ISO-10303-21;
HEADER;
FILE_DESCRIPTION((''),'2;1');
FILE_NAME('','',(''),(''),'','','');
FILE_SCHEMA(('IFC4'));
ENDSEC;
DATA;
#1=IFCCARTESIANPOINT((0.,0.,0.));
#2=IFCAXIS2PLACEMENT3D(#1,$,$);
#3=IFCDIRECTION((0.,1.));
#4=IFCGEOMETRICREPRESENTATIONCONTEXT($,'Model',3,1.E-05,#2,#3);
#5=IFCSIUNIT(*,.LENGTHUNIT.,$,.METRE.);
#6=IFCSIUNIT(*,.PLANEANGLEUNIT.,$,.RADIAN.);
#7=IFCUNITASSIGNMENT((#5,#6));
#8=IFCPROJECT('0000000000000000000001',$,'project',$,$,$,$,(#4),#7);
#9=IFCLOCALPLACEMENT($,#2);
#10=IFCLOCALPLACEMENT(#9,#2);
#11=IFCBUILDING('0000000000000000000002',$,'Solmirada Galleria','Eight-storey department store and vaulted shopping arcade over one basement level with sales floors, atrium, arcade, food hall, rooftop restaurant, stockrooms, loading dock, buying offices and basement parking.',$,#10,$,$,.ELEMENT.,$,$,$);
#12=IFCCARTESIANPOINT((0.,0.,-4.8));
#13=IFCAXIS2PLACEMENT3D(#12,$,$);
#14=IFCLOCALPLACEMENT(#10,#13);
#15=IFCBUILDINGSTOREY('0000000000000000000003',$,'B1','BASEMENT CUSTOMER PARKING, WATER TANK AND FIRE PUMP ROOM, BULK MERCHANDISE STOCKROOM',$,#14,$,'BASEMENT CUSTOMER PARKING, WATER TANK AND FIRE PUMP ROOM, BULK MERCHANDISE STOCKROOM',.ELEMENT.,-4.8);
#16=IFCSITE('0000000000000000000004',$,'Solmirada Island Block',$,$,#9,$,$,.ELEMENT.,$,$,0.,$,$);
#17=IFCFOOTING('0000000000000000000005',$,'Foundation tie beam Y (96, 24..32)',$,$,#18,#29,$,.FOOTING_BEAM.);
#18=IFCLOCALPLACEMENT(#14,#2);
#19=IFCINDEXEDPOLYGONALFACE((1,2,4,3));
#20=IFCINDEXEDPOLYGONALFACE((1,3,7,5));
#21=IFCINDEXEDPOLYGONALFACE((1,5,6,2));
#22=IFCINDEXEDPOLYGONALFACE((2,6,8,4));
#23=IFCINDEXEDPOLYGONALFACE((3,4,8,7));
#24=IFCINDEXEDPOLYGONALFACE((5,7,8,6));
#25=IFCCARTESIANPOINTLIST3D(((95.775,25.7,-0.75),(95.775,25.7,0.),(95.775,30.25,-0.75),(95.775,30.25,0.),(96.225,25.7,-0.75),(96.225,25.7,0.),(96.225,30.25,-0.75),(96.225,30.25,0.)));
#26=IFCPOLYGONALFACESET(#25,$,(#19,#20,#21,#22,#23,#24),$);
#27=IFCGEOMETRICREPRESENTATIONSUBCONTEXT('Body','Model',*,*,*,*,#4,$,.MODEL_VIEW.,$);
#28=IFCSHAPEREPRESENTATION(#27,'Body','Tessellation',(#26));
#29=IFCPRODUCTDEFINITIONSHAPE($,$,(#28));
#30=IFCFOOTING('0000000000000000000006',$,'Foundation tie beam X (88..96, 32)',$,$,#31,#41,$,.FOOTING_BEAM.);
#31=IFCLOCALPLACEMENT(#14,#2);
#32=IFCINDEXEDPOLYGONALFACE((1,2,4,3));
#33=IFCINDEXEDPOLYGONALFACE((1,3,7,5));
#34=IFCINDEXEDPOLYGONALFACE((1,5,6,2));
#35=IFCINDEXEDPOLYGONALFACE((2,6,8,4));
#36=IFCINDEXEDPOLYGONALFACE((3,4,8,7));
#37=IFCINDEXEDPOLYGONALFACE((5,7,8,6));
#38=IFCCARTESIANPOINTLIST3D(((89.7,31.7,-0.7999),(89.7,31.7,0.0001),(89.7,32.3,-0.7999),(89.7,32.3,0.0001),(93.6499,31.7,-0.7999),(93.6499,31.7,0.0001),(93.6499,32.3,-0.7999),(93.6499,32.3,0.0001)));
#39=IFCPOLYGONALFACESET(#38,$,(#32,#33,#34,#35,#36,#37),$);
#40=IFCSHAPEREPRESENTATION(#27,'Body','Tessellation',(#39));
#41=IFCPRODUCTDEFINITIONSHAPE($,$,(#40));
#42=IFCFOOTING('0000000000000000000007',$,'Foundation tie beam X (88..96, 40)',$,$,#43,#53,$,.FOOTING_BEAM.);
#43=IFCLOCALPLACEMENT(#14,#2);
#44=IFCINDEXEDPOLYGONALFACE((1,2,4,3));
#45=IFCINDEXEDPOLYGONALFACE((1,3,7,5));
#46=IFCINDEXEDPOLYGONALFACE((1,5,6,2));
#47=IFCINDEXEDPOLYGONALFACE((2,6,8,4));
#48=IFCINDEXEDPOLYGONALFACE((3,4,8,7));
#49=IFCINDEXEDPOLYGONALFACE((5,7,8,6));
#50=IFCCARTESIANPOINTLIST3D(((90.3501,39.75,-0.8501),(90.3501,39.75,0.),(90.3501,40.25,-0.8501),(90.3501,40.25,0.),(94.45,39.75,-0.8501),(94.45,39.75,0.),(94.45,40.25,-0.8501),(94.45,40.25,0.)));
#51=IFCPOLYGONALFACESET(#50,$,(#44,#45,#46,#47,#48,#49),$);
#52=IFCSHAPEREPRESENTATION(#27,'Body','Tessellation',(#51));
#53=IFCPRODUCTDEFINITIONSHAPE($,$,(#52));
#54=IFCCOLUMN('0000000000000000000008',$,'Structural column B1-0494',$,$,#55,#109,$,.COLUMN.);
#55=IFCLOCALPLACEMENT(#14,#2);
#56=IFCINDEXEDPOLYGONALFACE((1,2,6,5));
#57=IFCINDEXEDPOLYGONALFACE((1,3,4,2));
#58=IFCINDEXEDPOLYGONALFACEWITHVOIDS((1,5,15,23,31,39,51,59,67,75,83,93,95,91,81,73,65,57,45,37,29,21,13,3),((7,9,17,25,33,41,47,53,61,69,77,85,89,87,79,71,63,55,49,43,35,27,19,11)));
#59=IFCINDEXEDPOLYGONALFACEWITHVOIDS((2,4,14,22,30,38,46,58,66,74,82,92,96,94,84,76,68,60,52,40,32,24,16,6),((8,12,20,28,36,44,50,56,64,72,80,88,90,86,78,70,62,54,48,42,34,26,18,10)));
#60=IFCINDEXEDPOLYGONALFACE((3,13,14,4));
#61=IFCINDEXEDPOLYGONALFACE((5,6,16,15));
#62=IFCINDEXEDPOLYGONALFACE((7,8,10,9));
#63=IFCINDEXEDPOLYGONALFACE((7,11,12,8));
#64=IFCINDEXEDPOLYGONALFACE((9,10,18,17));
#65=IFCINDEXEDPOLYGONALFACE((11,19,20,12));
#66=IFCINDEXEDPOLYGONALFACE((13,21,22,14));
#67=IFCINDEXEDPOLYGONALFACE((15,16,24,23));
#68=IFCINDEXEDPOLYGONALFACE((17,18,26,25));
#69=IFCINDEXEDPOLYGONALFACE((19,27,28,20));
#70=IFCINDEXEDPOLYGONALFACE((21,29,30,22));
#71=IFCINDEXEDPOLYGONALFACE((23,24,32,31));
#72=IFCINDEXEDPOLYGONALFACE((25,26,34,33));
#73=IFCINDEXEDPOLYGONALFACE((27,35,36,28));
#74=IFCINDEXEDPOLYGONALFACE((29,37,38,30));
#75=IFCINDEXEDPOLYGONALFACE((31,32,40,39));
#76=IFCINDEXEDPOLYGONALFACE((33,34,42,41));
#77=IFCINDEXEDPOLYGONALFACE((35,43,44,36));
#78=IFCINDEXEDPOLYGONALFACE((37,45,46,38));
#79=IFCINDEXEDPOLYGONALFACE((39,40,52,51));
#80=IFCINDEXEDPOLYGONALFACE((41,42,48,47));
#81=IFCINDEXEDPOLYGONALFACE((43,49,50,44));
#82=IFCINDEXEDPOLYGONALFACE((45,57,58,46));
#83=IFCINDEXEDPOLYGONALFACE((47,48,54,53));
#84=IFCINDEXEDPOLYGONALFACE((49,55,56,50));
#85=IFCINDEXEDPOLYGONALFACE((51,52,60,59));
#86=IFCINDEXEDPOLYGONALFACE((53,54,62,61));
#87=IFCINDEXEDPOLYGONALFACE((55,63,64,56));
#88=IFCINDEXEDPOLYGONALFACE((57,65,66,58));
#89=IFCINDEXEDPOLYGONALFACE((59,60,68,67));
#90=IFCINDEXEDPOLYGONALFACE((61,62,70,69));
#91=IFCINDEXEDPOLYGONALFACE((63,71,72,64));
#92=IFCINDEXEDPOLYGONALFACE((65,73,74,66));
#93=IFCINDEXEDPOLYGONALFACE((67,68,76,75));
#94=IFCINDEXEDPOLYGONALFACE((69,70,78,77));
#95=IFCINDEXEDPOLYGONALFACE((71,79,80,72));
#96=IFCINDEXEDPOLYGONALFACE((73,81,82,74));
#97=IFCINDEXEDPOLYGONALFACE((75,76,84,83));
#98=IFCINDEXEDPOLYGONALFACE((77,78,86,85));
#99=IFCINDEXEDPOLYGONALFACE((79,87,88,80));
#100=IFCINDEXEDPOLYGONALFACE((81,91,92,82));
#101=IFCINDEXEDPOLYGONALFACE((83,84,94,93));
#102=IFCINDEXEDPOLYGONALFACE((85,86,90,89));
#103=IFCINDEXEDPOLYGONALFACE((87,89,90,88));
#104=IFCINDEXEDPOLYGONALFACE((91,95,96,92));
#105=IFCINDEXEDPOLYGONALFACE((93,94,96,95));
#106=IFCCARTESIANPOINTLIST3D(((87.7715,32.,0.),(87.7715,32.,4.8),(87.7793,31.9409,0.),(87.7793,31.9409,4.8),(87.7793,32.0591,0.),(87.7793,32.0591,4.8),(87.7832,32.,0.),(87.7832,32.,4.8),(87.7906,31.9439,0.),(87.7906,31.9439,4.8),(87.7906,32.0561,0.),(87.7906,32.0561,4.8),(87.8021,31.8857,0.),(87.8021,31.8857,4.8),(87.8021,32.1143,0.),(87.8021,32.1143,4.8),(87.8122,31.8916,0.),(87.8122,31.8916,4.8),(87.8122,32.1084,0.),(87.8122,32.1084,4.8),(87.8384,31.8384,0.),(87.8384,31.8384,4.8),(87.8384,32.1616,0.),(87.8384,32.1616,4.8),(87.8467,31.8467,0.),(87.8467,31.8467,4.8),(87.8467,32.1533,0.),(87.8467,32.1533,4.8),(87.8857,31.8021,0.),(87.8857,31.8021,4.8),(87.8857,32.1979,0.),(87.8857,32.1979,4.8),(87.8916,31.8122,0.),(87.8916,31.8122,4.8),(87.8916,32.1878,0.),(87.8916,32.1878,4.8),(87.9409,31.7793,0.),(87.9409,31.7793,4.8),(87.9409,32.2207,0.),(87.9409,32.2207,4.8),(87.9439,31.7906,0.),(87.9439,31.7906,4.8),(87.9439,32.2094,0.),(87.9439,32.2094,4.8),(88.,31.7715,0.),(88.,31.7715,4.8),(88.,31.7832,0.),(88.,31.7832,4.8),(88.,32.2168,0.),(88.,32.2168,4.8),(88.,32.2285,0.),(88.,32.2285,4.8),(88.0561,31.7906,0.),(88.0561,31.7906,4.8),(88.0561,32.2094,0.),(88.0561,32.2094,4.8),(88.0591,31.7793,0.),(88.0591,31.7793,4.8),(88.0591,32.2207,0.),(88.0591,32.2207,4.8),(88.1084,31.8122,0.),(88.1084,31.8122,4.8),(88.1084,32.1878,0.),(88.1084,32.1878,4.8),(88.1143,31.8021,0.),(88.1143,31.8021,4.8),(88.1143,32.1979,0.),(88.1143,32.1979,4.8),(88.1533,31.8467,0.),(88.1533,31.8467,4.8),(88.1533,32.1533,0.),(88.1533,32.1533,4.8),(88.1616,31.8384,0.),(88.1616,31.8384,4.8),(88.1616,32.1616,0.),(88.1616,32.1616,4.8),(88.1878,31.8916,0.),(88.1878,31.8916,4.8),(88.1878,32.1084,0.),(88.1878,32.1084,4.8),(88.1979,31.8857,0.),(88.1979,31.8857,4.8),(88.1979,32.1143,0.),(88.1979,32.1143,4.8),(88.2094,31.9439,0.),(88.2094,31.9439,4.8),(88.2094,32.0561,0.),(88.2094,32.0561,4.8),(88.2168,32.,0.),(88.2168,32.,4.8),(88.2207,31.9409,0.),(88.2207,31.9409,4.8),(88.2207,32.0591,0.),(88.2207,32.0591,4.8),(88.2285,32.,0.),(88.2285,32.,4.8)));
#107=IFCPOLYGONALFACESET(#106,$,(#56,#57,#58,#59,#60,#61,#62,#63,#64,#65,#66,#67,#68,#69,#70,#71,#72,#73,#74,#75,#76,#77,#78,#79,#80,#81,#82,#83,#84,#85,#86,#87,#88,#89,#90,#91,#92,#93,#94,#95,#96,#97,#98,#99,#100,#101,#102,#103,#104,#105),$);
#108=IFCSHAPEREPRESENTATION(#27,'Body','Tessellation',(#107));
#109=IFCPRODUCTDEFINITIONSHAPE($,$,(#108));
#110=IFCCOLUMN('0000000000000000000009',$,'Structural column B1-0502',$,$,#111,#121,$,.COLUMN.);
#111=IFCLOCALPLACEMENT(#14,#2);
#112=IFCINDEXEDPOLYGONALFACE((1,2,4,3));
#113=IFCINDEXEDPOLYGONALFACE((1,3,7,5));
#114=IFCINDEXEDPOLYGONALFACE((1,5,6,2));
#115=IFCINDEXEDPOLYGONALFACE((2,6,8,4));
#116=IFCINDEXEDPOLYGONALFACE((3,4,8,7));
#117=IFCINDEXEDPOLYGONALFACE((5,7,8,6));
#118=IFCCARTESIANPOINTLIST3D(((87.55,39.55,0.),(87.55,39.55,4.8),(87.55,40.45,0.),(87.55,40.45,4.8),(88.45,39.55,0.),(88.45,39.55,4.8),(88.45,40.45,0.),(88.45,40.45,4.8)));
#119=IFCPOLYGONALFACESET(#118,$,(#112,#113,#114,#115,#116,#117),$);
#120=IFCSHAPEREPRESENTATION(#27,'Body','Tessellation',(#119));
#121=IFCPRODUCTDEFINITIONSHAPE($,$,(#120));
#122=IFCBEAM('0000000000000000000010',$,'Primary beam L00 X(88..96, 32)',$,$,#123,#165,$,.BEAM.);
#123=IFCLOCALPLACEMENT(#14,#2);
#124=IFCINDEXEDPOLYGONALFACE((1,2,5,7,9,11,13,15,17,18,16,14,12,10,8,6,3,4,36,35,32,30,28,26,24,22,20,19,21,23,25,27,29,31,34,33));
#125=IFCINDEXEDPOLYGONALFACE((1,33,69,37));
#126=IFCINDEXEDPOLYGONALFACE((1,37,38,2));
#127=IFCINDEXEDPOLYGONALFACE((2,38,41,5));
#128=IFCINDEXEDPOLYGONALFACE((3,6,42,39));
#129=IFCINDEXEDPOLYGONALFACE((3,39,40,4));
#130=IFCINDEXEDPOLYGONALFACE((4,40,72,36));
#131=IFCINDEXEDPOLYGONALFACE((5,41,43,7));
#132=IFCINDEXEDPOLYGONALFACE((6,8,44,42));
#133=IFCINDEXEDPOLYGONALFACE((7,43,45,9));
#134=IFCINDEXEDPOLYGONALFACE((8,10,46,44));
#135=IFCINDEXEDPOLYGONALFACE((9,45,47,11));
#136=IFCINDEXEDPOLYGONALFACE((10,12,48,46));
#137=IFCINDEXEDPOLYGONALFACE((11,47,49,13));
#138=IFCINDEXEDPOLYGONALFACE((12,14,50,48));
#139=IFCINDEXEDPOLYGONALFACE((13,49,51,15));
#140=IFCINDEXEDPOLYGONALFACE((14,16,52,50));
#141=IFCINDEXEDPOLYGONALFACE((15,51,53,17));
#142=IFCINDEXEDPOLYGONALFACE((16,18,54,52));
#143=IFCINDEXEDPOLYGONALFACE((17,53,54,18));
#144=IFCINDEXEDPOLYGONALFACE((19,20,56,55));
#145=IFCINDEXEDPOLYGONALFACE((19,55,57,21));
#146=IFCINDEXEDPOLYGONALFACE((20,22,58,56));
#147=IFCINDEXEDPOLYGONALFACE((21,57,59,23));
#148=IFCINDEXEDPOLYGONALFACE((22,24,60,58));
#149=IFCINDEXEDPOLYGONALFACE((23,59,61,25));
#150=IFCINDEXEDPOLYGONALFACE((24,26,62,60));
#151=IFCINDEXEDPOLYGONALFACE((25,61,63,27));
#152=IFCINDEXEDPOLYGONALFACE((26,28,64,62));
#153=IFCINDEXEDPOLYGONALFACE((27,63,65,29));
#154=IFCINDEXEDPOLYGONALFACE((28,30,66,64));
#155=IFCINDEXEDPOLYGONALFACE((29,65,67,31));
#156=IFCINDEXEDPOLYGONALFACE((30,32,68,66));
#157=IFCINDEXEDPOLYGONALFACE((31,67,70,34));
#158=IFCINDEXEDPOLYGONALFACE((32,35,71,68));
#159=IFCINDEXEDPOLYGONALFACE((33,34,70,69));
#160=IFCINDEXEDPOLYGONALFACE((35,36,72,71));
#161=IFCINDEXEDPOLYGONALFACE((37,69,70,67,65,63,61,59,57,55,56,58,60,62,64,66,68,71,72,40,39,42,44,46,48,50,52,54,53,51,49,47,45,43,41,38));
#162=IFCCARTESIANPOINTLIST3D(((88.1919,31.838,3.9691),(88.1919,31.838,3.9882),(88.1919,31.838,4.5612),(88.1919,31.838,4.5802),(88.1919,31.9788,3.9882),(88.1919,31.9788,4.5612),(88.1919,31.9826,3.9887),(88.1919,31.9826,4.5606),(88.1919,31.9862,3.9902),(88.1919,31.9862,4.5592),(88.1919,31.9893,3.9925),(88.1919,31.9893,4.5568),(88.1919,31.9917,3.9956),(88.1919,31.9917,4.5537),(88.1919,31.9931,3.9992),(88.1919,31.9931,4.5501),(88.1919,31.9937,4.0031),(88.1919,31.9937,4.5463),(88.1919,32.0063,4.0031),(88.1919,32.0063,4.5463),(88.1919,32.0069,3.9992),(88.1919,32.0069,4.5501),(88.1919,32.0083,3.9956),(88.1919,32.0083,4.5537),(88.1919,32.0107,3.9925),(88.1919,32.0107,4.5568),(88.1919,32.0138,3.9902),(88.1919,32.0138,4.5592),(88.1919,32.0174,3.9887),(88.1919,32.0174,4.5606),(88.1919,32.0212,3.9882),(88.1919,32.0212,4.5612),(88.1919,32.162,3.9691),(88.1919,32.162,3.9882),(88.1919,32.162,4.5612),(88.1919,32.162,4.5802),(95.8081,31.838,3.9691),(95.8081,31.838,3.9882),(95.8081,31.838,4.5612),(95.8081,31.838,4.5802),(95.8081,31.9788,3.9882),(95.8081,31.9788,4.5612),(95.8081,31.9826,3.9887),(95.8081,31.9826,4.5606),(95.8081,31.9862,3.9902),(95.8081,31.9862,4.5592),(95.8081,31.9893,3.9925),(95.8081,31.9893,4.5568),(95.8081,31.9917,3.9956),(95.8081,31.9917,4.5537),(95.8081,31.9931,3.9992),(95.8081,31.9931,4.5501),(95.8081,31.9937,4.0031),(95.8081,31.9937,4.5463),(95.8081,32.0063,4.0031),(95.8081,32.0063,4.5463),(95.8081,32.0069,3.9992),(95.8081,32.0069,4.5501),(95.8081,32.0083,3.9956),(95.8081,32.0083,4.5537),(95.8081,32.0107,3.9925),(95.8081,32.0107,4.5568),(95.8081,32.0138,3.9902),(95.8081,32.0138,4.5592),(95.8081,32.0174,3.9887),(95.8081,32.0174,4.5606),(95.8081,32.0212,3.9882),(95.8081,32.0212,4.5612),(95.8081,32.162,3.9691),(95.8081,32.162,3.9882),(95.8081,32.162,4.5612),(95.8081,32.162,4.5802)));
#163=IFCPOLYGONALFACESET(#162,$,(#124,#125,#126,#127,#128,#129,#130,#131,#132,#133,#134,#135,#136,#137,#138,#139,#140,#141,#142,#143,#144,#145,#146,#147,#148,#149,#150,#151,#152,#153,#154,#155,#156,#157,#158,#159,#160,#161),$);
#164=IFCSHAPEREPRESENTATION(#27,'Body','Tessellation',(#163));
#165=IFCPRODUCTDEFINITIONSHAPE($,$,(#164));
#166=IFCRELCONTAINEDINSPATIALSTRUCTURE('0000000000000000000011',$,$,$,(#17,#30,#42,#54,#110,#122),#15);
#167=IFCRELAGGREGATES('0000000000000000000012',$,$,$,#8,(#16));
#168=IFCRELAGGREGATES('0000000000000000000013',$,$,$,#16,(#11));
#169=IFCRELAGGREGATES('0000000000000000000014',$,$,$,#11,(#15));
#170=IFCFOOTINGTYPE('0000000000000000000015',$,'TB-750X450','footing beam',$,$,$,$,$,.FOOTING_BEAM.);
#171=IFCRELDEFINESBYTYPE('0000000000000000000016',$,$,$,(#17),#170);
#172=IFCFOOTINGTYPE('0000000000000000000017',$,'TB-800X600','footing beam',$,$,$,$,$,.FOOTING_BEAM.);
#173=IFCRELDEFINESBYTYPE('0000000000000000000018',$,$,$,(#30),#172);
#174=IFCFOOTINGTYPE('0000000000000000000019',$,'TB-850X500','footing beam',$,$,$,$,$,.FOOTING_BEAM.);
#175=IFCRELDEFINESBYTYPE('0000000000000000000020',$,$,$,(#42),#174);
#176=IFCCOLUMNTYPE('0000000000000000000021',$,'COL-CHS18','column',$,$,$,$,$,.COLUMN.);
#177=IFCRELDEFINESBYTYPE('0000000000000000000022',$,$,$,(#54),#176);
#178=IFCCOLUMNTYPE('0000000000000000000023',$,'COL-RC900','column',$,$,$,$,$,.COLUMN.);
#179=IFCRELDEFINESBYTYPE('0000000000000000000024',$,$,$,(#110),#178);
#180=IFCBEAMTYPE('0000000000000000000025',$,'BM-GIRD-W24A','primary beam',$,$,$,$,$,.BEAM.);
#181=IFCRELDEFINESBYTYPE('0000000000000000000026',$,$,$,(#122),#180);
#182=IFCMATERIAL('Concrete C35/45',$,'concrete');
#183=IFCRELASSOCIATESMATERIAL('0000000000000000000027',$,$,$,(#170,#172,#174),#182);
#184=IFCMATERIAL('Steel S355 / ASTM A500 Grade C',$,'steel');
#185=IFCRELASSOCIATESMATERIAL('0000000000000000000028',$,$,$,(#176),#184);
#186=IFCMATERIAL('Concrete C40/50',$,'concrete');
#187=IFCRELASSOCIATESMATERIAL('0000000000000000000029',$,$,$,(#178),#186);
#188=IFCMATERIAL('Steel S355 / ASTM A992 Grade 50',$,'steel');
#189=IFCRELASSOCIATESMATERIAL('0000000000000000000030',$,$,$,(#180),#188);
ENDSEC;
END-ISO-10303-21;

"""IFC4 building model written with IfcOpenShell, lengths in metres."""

from ifc_helpers import new_model, si_unit, direction, frame, origin, origin_2d, place, context, subcontext, project, spatial, rectangle, hollow_circle, i_section, extrude, material, material_profile, profile_set, type_object, element, save


model = new_model("IFC4")

# Units and contexts
model_context = context("Model", 3, precision=1e-05, world=origin(), true_north=direction((0.0, 1.0)))
body_context = subcontext(model_context, "Body", "Model", "MODEL_VIEW")
ifc_project = project(units=[si_unit("LENGTHUNIT", "METRE"), si_unit("PLANEANGLEUNIT", "RADIAN")], contexts=[model_context])

# Site, building, storey
site_placement = place(None, origin())
site = spatial("IfcSite", under=ifc_project, at=site_placement, Name="Solmirada Island Block", CompositionType="ELEMENT", RefElevation=0.0)
building_placement = place(site_placement, origin())
building = spatial("IfcBuilding", under=site, at=building_placement, Name="Solmirada Galleria", Description="Eight-storey department store and vaulted shopping arcade over one basement level with sales floors, atrium, arcade, food hall, rooftop restaurant, stockrooms, loading dock, buying offices and basement parking.", CompositionType="ELEMENT")
storey_placement = place(building_placement, frame((0.0, 0.0, -4.8)))
storey = spatial("IfcBuildingStorey", under=building, at=storey_placement, Name="B1", Description="BASEMENT CUSTOMER PARKING, WATER TANK AND FIRE PUMP ROOM, BULK MERCHANDISE STOCKROOM", LongName="BASEMENT CUSTOMER PARKING, WATER TANK AND FIRE PUMP ROOM, BULK MERCHANDISE STOCKROOM", CompositionType="ELEMENT", Elevation=-4.8)

# Shared definitions
ifc_material_1 = material(Name="Concrete C35/45", Category="concrete")

# Shared definitions
ifc_material_2 = material(Name="Concrete C40/50", Category="concrete")

# Footings
ifc_material_profile_1 = material_profile(ifc_material_1, rectangle(XDim=0.45, YDim=0.75, at=origin_2d()), Name="RC750X450")
ifc_profile_set_1 = profile_set([ifc_material_profile_1], Name="Concrete C35/45")
footing_type_1 = type_object("IfcFootingType", Name="TB-750X450", Description="footing beam", PredefinedType="FOOTING_BEAM", material=ifc_profile_set_1)
for number, where, z_axis, x_axis, name in (
    (1, (96.0, 25.7, -0.375), (0.0, 1.0, 0.0), (-1.0, 0.0, 0.0), "Foundation tie beam Y (96, 24..32)"),
):
    element("IfcFooting", number, at=place(storey_placement, frame(where, z_axis=z_axis, x_axis=x_axis)), inside=storey, type_object=footing_type_1, Name=name, PredefinedType="FOOTING_BEAM", context=body_context, shape_type="SweptSolid", body=[
        extrude(rectangle(XDim=0.45, YDim=0.75, at=origin_2d()), origin(), (0.0, 0.0, 1.0), 4.55),
    ])
ifc_material_profile_2 = material_profile(ifc_material_1, rectangle(XDim=0.6001, YDim=0.8, at=origin_2d()), Name="RC800X600")
ifc_profile_set_2 = profile_set([ifc_material_profile_2], Name="Concrete C35/45")
footing_type_2 = type_object("IfcFootingType", Name="TB-800X600", Description="footing beam", PredefinedType="FOOTING_BEAM", material=ifc_profile_set_2)
footing_1_placement = place(storey_placement, frame((89.7, 32.0, -0.3999), z_axis=(1.0, 0.0, 0.0), x_axis=(0.0, 1.0, 0.0)))
element("IfcFooting", 2, at=footing_1_placement, inside=storey, type_object=footing_type_2, Name="Foundation tie beam X (88..96, 32)", PredefinedType="FOOTING_BEAM", context=body_context, shape_type="SweptSolid", body=[
    extrude(rectangle(XDim=0.6001, YDim=0.8, at=origin_2d()), origin(), (0.0, 0.0, 1.0), 3.95),
])
ifc_material_profile_3 = material_profile(ifc_material_1, rectangle(XDim=0.5, YDim=0.8501, at=origin_2d()), Name="RC850X500")
ifc_profile_set_3 = profile_set([ifc_material_profile_3], Name="Concrete C35/45")
footing_type_3 = type_object("IfcFootingType", Name="TB-850X500", Description="footing beam", PredefinedType="FOOTING_BEAM", material=ifc_profile_set_3)
footing_2_placement = place(storey_placement, frame((90.3501, 40.0, -0.425), z_axis=(1.0, 0.0, 0.0), x_axis=(0.0, 1.0, 0.0)))
element("IfcFooting", 3, at=footing_2_placement, inside=storey, type_object=footing_type_3, Name="Foundation tie beam X (88..96, 40)", PredefinedType="FOOTING_BEAM", context=body_context, shape_type="SweptSolid", body=[
    extrude(rectangle(XDim=0.5, YDim=0.8501, at=origin_2d()), origin(), (0.0, 0.0, 1.0), 4.0999),
])

# Columns
ifc_material_3 = material(Name="Steel S355 / ASTM A500 Grade C", Category="steel")
ifc_material_profile_4 = material_profile(ifc_material_3, hollow_circle(Radius=0.2285, WallThickness=0.0117, at=origin_2d()), Name="HSS18.000X0.500")
ifc_profile_set_4 = profile_set([ifc_material_profile_4], Name="Steel S355 / ASTM A500 Grade C")
column_type_1 = type_object("IfcColumnType", Name="COL-CHS18", Description="column", PredefinedType="COLUMN", material=ifc_profile_set_4)
column_1_placement = place(storey_placement, frame((88.0, 32.0, 0.0), z_axis=(0.0, 0.0, 1.0), x_axis=(1.0, 0.0, 0.0)))
element("IfcColumn", 4, at=column_1_placement, inside=storey, type_object=column_type_1, Name="Structural column B1-0494", PredefinedType="COLUMN", context=body_context, shape_type="SweptSolid", body=[
    extrude(hollow_circle(Radius=0.2285, WallThickness=0.0117, at=origin_2d()), origin(), (0.0, 0.0, 1.0), 4.8),
])
ifc_material_profile_5 = material_profile(ifc_material_2, rectangle(XDim=0.8999, YDim=0.8999, at=origin_2d()), Name="RC900X900")
ifc_profile_set_5 = profile_set([ifc_material_profile_5], Name="Concrete C40/50")
column_type_2 = type_object("IfcColumnType", Name="COL-RC900", Description="column", PredefinedType="COLUMN", material=ifc_profile_set_5)
column_2_placement = place(storey_placement, frame((88.0, 40.0, 0.0), z_axis=(0.0, 0.0, 1.0), x_axis=(1.0, 0.0, 0.0)))
element("IfcColumn", 5, at=column_2_placement, inside=storey, type_object=column_type_2, Name="Structural column B1-0502", PredefinedType="COLUMN", context=body_context, shape_type="SweptSolid", body=[
    extrude(rectangle(XDim=0.8999, YDim=0.8999, at=origin_2d()), origin(), (0.0, 0.0, 1.0), 4.8),
])

# Beam
ifc_material_4 = material(Name="Steel S355 / ASTM A992 Grade 50", Category="steel")
ifc_material_profile_6 = material_profile(ifc_material_4, i_section(OverallWidth=0.324, OverallDepth=0.6111, WebThickness=0.0127, FlangeThickness=0.019, FilletRadius=0.0149, at=origin_2d()), Name="W24X104")
ifc_profile_set_6 = profile_set([ifc_material_profile_6], Name="Steel S355 / ASTM A992 Grade 50")
beam_type_1 = type_object("IfcBeamType", Name="BM-GIRD-W24A", Description="primary beam", PredefinedType="BEAM", material=ifc_profile_set_6)
beam_1_placement = place(storey_placement, frame((88.1919, 32.0, 4.2747), z_axis=(1.0, 0.0, 0.0), x_axis=(0.0, 1.0, 0.0)))
element("IfcBeam", 6, at=beam_1_placement, inside=storey, type_object=beam_type_1, Name="Primary beam L00 X(88..96, 32)", PredefinedType="BEAM", context=body_context, shape_type="SweptSolid", body=[
    extrude(i_section(OverallWidth=0.324, OverallDepth=0.6111, WebThickness=0.0127, FlangeThickness=0.019, FilletRadius=0.0149, at=origin_2d()), origin(), (0.0, 0.0, 1.0), 7.6162),
])

save(model, "model.ifc")
